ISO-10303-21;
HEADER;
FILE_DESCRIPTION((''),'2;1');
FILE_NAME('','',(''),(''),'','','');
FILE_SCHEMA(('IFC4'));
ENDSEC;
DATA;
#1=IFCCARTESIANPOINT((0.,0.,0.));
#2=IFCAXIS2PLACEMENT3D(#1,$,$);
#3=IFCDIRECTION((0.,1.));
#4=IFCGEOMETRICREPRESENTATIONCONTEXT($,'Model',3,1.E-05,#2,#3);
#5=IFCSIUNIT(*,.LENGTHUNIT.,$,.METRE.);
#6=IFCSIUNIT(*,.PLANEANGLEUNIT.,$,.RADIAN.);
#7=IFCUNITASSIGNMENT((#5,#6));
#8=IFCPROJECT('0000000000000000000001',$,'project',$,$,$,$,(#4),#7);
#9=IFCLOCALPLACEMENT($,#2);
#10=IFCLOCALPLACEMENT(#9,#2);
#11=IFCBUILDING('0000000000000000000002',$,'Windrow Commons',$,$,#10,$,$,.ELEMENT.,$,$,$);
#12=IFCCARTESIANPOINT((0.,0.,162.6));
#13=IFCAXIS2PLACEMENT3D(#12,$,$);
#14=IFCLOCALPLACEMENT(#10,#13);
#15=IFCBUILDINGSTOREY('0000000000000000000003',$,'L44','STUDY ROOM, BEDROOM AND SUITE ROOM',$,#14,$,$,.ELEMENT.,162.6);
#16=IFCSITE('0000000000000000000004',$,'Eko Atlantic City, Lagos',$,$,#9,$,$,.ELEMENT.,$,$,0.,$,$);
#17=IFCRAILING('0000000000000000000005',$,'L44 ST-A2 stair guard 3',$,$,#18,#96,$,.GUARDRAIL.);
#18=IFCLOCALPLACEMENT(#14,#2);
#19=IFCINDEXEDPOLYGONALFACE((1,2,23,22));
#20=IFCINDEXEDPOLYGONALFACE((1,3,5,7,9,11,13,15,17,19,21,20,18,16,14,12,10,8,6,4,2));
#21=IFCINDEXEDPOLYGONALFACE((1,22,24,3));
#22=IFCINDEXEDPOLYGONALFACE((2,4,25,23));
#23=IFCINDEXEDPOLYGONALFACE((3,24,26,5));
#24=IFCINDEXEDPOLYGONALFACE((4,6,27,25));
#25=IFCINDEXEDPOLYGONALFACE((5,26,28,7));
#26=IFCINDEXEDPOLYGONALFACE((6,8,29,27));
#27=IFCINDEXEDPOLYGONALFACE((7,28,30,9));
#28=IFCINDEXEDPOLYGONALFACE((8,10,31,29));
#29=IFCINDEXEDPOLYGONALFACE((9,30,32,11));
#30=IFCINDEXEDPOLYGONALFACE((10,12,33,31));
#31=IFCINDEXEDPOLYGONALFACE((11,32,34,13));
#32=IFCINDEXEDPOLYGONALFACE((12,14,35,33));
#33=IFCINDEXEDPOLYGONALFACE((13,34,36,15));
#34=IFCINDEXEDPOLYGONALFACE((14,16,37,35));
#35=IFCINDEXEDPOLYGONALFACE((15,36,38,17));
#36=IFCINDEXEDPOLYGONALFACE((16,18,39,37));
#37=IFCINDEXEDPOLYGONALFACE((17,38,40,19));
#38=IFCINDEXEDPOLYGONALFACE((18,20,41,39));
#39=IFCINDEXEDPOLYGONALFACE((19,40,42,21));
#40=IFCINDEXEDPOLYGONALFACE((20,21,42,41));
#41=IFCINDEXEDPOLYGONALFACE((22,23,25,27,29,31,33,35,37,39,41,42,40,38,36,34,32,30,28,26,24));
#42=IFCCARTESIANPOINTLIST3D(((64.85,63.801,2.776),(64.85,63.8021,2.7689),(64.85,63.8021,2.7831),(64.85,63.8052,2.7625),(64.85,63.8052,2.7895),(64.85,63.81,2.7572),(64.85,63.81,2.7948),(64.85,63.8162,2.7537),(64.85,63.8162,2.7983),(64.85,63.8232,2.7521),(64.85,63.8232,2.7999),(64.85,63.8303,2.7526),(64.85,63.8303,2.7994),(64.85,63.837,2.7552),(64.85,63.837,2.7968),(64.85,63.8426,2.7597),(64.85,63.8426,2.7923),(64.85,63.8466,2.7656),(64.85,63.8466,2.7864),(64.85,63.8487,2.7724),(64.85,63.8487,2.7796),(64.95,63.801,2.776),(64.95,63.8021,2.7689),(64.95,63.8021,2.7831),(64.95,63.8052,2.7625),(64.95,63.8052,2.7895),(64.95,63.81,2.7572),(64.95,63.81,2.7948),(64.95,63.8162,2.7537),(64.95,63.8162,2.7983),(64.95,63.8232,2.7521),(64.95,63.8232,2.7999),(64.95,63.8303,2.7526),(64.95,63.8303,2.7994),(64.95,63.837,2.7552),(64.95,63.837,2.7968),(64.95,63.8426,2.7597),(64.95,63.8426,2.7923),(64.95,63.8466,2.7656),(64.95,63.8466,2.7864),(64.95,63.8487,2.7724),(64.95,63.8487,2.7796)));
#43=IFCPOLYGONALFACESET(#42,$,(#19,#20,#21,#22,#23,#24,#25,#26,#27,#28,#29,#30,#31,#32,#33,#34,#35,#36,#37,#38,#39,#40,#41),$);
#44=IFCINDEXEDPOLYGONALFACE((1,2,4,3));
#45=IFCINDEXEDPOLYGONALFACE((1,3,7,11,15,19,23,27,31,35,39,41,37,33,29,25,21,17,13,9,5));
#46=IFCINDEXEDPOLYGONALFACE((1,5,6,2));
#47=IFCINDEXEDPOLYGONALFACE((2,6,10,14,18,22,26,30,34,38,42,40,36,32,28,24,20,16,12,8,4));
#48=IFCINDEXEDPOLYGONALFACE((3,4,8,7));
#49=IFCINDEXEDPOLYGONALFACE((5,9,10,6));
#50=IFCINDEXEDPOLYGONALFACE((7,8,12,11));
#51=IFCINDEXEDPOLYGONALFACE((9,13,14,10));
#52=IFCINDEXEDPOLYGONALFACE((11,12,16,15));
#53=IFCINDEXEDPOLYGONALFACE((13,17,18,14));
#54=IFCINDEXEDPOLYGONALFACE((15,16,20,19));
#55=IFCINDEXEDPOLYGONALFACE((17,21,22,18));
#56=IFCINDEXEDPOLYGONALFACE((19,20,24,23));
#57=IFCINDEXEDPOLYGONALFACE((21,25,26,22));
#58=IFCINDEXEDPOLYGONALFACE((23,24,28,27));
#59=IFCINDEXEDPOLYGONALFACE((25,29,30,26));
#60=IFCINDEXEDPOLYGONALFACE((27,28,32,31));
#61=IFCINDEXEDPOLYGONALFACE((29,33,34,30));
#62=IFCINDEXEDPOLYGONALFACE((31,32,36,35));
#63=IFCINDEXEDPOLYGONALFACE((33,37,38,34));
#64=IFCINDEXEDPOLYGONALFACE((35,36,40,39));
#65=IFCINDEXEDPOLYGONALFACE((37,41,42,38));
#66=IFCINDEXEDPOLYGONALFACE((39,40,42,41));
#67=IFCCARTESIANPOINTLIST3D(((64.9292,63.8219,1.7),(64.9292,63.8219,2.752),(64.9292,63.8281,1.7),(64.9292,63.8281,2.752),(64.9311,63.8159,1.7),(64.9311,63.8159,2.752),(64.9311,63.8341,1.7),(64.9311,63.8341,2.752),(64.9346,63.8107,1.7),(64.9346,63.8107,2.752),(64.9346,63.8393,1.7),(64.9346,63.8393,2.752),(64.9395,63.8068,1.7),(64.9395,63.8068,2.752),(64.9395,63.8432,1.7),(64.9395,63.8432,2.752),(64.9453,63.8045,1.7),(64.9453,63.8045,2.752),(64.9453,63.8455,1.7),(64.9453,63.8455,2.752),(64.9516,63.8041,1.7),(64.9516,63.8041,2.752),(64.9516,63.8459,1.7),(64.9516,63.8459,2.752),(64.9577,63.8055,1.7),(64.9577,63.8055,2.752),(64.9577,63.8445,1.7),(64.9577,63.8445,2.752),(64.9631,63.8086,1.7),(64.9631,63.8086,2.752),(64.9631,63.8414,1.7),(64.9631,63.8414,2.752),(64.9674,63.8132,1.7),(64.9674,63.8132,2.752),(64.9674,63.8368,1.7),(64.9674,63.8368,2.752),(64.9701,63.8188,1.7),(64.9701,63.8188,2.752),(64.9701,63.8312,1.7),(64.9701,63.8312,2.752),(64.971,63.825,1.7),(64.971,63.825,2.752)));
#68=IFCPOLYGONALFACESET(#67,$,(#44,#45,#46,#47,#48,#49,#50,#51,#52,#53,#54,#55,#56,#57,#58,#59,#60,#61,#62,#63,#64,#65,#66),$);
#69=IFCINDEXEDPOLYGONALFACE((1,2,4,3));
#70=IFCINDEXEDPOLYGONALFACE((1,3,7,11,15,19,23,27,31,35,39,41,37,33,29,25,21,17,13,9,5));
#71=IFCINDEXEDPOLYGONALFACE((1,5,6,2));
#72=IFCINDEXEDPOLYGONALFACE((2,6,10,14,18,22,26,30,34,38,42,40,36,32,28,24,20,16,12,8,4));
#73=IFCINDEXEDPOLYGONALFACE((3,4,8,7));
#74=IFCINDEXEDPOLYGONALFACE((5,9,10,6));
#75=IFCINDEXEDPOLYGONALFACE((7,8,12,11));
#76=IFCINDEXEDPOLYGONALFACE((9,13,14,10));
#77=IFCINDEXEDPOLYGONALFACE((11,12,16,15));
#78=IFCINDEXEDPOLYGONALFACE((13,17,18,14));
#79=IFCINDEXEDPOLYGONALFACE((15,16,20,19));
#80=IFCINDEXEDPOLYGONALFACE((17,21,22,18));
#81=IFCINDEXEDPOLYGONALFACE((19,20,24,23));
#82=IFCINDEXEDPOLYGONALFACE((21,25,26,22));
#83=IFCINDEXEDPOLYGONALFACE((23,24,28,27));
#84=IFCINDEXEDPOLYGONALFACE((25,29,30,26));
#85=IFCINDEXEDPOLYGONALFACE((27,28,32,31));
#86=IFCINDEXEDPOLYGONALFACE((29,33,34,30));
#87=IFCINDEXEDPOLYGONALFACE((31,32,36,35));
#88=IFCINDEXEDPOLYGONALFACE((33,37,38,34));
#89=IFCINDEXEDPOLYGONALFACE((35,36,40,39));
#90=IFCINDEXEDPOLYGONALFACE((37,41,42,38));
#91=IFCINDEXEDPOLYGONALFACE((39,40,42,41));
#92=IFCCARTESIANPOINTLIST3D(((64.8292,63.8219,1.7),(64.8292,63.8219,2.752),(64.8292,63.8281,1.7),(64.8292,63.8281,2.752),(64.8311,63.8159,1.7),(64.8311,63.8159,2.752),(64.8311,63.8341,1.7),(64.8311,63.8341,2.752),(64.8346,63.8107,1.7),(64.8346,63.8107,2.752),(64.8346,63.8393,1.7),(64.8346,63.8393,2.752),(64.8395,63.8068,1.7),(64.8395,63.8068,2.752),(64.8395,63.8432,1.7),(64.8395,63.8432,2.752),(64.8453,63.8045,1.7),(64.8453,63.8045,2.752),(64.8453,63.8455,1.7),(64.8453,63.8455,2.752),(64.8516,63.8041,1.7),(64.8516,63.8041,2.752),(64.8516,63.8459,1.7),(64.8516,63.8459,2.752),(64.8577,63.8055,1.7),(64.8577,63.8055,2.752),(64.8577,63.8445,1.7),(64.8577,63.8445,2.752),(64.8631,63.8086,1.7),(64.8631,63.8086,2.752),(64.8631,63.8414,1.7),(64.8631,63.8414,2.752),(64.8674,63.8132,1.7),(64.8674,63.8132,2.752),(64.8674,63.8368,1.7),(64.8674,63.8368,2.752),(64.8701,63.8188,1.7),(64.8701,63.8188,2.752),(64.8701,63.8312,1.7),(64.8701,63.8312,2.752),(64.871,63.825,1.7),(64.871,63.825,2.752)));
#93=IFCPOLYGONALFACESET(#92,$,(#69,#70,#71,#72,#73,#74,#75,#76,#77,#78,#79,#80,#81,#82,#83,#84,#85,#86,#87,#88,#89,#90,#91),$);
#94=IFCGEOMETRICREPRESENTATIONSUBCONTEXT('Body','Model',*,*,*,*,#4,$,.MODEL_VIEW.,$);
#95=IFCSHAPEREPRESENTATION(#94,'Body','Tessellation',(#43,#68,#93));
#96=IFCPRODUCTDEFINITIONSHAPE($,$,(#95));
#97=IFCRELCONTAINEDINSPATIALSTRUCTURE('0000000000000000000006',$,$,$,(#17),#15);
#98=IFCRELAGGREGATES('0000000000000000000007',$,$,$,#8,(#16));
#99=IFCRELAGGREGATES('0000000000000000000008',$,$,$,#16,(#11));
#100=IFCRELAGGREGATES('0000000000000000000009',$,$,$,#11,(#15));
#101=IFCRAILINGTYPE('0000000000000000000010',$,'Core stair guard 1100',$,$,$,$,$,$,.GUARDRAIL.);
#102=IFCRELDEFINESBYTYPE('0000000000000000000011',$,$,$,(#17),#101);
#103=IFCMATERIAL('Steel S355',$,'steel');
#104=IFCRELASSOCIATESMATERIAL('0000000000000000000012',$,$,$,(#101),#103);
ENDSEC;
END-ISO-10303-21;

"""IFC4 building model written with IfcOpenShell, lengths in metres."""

from ifc_helpers import new_model, si_unit, direction, frame, origin, origin_2d, place, context, subcontext, project, spatial, circle, extrude, material, type_object, element, save


model = new_model("IFC4")

# Units and contexts
model_context = context("Model", 3, precision=1e-05, world=origin(), true_north=direction((0.0, 1.0)))
body_context = subcontext(model_context, "Body", "Model", "MODEL_VIEW")
ifc_project = project(units=[si_unit("LENGTHUNIT", "METRE"), si_unit("PLANEANGLEUNIT", "RADIAN")], contexts=[model_context])

# Site, building, storey
site_placement = place(None, origin())
site = spatial("IfcSite", under=ifc_project, at=site_placement, Name="Eko Atlantic City, Lagos", CompositionType="ELEMENT", RefElevation=0.0)
building_placement = place(site_placement, origin())
building = spatial("IfcBuilding", under=site, at=building_placement, Name="Windrow Commons", CompositionType="ELEMENT")
storey_placement = place(building_placement, frame((0.0, 0.0, 162.6)))
storey = spatial("IfcBuildingStorey", under=building, at=storey_placement, Name="L44", Description="STUDY ROOM, BEDROOM AND SUITE ROOM", CompositionType="ELEMENT", Elevation=162.6)

# Railing
ifc_material_1 = material(Name="Steel S355", Category="steel")
railing_type_1 = type_object("IfcRailingType", Name="Core stair guard 1100", PredefinedType="GUARDRAIL", material=ifc_material_1)
railing_1_placement = place(storey_placement, frame((64.95, 63.825, 1.7)))
element("IfcRailing", 1, at=railing_1_placement, inside=storey, type_object=railing_type_1, Name="L44 ST-A2 stair guard 3", PredefinedType="GUARDRAIL", context=body_context, shape_type="SweptSolid", body=[
    extrude(circle(Radius=0.024, at=origin_2d()), frame((0.0, 0.0, 1.076), z_axis=(-1.0, 0.0, 0.0), x_axis=(0.0, -1.0, 0.0)), (0.0, 0.0, 1.0), 0.1),
    extrude(circle(Radius=0.021, at=origin_2d()), origin(), (0.0, 0.0, 1.0), 1.052),
    extrude(circle(Radius=0.021, at=origin_2d()), frame((-0.1, 0.0, 0.0)), (0.0, 0.0, 1.0), 1.052),
])

save(model, "model.ifc")
